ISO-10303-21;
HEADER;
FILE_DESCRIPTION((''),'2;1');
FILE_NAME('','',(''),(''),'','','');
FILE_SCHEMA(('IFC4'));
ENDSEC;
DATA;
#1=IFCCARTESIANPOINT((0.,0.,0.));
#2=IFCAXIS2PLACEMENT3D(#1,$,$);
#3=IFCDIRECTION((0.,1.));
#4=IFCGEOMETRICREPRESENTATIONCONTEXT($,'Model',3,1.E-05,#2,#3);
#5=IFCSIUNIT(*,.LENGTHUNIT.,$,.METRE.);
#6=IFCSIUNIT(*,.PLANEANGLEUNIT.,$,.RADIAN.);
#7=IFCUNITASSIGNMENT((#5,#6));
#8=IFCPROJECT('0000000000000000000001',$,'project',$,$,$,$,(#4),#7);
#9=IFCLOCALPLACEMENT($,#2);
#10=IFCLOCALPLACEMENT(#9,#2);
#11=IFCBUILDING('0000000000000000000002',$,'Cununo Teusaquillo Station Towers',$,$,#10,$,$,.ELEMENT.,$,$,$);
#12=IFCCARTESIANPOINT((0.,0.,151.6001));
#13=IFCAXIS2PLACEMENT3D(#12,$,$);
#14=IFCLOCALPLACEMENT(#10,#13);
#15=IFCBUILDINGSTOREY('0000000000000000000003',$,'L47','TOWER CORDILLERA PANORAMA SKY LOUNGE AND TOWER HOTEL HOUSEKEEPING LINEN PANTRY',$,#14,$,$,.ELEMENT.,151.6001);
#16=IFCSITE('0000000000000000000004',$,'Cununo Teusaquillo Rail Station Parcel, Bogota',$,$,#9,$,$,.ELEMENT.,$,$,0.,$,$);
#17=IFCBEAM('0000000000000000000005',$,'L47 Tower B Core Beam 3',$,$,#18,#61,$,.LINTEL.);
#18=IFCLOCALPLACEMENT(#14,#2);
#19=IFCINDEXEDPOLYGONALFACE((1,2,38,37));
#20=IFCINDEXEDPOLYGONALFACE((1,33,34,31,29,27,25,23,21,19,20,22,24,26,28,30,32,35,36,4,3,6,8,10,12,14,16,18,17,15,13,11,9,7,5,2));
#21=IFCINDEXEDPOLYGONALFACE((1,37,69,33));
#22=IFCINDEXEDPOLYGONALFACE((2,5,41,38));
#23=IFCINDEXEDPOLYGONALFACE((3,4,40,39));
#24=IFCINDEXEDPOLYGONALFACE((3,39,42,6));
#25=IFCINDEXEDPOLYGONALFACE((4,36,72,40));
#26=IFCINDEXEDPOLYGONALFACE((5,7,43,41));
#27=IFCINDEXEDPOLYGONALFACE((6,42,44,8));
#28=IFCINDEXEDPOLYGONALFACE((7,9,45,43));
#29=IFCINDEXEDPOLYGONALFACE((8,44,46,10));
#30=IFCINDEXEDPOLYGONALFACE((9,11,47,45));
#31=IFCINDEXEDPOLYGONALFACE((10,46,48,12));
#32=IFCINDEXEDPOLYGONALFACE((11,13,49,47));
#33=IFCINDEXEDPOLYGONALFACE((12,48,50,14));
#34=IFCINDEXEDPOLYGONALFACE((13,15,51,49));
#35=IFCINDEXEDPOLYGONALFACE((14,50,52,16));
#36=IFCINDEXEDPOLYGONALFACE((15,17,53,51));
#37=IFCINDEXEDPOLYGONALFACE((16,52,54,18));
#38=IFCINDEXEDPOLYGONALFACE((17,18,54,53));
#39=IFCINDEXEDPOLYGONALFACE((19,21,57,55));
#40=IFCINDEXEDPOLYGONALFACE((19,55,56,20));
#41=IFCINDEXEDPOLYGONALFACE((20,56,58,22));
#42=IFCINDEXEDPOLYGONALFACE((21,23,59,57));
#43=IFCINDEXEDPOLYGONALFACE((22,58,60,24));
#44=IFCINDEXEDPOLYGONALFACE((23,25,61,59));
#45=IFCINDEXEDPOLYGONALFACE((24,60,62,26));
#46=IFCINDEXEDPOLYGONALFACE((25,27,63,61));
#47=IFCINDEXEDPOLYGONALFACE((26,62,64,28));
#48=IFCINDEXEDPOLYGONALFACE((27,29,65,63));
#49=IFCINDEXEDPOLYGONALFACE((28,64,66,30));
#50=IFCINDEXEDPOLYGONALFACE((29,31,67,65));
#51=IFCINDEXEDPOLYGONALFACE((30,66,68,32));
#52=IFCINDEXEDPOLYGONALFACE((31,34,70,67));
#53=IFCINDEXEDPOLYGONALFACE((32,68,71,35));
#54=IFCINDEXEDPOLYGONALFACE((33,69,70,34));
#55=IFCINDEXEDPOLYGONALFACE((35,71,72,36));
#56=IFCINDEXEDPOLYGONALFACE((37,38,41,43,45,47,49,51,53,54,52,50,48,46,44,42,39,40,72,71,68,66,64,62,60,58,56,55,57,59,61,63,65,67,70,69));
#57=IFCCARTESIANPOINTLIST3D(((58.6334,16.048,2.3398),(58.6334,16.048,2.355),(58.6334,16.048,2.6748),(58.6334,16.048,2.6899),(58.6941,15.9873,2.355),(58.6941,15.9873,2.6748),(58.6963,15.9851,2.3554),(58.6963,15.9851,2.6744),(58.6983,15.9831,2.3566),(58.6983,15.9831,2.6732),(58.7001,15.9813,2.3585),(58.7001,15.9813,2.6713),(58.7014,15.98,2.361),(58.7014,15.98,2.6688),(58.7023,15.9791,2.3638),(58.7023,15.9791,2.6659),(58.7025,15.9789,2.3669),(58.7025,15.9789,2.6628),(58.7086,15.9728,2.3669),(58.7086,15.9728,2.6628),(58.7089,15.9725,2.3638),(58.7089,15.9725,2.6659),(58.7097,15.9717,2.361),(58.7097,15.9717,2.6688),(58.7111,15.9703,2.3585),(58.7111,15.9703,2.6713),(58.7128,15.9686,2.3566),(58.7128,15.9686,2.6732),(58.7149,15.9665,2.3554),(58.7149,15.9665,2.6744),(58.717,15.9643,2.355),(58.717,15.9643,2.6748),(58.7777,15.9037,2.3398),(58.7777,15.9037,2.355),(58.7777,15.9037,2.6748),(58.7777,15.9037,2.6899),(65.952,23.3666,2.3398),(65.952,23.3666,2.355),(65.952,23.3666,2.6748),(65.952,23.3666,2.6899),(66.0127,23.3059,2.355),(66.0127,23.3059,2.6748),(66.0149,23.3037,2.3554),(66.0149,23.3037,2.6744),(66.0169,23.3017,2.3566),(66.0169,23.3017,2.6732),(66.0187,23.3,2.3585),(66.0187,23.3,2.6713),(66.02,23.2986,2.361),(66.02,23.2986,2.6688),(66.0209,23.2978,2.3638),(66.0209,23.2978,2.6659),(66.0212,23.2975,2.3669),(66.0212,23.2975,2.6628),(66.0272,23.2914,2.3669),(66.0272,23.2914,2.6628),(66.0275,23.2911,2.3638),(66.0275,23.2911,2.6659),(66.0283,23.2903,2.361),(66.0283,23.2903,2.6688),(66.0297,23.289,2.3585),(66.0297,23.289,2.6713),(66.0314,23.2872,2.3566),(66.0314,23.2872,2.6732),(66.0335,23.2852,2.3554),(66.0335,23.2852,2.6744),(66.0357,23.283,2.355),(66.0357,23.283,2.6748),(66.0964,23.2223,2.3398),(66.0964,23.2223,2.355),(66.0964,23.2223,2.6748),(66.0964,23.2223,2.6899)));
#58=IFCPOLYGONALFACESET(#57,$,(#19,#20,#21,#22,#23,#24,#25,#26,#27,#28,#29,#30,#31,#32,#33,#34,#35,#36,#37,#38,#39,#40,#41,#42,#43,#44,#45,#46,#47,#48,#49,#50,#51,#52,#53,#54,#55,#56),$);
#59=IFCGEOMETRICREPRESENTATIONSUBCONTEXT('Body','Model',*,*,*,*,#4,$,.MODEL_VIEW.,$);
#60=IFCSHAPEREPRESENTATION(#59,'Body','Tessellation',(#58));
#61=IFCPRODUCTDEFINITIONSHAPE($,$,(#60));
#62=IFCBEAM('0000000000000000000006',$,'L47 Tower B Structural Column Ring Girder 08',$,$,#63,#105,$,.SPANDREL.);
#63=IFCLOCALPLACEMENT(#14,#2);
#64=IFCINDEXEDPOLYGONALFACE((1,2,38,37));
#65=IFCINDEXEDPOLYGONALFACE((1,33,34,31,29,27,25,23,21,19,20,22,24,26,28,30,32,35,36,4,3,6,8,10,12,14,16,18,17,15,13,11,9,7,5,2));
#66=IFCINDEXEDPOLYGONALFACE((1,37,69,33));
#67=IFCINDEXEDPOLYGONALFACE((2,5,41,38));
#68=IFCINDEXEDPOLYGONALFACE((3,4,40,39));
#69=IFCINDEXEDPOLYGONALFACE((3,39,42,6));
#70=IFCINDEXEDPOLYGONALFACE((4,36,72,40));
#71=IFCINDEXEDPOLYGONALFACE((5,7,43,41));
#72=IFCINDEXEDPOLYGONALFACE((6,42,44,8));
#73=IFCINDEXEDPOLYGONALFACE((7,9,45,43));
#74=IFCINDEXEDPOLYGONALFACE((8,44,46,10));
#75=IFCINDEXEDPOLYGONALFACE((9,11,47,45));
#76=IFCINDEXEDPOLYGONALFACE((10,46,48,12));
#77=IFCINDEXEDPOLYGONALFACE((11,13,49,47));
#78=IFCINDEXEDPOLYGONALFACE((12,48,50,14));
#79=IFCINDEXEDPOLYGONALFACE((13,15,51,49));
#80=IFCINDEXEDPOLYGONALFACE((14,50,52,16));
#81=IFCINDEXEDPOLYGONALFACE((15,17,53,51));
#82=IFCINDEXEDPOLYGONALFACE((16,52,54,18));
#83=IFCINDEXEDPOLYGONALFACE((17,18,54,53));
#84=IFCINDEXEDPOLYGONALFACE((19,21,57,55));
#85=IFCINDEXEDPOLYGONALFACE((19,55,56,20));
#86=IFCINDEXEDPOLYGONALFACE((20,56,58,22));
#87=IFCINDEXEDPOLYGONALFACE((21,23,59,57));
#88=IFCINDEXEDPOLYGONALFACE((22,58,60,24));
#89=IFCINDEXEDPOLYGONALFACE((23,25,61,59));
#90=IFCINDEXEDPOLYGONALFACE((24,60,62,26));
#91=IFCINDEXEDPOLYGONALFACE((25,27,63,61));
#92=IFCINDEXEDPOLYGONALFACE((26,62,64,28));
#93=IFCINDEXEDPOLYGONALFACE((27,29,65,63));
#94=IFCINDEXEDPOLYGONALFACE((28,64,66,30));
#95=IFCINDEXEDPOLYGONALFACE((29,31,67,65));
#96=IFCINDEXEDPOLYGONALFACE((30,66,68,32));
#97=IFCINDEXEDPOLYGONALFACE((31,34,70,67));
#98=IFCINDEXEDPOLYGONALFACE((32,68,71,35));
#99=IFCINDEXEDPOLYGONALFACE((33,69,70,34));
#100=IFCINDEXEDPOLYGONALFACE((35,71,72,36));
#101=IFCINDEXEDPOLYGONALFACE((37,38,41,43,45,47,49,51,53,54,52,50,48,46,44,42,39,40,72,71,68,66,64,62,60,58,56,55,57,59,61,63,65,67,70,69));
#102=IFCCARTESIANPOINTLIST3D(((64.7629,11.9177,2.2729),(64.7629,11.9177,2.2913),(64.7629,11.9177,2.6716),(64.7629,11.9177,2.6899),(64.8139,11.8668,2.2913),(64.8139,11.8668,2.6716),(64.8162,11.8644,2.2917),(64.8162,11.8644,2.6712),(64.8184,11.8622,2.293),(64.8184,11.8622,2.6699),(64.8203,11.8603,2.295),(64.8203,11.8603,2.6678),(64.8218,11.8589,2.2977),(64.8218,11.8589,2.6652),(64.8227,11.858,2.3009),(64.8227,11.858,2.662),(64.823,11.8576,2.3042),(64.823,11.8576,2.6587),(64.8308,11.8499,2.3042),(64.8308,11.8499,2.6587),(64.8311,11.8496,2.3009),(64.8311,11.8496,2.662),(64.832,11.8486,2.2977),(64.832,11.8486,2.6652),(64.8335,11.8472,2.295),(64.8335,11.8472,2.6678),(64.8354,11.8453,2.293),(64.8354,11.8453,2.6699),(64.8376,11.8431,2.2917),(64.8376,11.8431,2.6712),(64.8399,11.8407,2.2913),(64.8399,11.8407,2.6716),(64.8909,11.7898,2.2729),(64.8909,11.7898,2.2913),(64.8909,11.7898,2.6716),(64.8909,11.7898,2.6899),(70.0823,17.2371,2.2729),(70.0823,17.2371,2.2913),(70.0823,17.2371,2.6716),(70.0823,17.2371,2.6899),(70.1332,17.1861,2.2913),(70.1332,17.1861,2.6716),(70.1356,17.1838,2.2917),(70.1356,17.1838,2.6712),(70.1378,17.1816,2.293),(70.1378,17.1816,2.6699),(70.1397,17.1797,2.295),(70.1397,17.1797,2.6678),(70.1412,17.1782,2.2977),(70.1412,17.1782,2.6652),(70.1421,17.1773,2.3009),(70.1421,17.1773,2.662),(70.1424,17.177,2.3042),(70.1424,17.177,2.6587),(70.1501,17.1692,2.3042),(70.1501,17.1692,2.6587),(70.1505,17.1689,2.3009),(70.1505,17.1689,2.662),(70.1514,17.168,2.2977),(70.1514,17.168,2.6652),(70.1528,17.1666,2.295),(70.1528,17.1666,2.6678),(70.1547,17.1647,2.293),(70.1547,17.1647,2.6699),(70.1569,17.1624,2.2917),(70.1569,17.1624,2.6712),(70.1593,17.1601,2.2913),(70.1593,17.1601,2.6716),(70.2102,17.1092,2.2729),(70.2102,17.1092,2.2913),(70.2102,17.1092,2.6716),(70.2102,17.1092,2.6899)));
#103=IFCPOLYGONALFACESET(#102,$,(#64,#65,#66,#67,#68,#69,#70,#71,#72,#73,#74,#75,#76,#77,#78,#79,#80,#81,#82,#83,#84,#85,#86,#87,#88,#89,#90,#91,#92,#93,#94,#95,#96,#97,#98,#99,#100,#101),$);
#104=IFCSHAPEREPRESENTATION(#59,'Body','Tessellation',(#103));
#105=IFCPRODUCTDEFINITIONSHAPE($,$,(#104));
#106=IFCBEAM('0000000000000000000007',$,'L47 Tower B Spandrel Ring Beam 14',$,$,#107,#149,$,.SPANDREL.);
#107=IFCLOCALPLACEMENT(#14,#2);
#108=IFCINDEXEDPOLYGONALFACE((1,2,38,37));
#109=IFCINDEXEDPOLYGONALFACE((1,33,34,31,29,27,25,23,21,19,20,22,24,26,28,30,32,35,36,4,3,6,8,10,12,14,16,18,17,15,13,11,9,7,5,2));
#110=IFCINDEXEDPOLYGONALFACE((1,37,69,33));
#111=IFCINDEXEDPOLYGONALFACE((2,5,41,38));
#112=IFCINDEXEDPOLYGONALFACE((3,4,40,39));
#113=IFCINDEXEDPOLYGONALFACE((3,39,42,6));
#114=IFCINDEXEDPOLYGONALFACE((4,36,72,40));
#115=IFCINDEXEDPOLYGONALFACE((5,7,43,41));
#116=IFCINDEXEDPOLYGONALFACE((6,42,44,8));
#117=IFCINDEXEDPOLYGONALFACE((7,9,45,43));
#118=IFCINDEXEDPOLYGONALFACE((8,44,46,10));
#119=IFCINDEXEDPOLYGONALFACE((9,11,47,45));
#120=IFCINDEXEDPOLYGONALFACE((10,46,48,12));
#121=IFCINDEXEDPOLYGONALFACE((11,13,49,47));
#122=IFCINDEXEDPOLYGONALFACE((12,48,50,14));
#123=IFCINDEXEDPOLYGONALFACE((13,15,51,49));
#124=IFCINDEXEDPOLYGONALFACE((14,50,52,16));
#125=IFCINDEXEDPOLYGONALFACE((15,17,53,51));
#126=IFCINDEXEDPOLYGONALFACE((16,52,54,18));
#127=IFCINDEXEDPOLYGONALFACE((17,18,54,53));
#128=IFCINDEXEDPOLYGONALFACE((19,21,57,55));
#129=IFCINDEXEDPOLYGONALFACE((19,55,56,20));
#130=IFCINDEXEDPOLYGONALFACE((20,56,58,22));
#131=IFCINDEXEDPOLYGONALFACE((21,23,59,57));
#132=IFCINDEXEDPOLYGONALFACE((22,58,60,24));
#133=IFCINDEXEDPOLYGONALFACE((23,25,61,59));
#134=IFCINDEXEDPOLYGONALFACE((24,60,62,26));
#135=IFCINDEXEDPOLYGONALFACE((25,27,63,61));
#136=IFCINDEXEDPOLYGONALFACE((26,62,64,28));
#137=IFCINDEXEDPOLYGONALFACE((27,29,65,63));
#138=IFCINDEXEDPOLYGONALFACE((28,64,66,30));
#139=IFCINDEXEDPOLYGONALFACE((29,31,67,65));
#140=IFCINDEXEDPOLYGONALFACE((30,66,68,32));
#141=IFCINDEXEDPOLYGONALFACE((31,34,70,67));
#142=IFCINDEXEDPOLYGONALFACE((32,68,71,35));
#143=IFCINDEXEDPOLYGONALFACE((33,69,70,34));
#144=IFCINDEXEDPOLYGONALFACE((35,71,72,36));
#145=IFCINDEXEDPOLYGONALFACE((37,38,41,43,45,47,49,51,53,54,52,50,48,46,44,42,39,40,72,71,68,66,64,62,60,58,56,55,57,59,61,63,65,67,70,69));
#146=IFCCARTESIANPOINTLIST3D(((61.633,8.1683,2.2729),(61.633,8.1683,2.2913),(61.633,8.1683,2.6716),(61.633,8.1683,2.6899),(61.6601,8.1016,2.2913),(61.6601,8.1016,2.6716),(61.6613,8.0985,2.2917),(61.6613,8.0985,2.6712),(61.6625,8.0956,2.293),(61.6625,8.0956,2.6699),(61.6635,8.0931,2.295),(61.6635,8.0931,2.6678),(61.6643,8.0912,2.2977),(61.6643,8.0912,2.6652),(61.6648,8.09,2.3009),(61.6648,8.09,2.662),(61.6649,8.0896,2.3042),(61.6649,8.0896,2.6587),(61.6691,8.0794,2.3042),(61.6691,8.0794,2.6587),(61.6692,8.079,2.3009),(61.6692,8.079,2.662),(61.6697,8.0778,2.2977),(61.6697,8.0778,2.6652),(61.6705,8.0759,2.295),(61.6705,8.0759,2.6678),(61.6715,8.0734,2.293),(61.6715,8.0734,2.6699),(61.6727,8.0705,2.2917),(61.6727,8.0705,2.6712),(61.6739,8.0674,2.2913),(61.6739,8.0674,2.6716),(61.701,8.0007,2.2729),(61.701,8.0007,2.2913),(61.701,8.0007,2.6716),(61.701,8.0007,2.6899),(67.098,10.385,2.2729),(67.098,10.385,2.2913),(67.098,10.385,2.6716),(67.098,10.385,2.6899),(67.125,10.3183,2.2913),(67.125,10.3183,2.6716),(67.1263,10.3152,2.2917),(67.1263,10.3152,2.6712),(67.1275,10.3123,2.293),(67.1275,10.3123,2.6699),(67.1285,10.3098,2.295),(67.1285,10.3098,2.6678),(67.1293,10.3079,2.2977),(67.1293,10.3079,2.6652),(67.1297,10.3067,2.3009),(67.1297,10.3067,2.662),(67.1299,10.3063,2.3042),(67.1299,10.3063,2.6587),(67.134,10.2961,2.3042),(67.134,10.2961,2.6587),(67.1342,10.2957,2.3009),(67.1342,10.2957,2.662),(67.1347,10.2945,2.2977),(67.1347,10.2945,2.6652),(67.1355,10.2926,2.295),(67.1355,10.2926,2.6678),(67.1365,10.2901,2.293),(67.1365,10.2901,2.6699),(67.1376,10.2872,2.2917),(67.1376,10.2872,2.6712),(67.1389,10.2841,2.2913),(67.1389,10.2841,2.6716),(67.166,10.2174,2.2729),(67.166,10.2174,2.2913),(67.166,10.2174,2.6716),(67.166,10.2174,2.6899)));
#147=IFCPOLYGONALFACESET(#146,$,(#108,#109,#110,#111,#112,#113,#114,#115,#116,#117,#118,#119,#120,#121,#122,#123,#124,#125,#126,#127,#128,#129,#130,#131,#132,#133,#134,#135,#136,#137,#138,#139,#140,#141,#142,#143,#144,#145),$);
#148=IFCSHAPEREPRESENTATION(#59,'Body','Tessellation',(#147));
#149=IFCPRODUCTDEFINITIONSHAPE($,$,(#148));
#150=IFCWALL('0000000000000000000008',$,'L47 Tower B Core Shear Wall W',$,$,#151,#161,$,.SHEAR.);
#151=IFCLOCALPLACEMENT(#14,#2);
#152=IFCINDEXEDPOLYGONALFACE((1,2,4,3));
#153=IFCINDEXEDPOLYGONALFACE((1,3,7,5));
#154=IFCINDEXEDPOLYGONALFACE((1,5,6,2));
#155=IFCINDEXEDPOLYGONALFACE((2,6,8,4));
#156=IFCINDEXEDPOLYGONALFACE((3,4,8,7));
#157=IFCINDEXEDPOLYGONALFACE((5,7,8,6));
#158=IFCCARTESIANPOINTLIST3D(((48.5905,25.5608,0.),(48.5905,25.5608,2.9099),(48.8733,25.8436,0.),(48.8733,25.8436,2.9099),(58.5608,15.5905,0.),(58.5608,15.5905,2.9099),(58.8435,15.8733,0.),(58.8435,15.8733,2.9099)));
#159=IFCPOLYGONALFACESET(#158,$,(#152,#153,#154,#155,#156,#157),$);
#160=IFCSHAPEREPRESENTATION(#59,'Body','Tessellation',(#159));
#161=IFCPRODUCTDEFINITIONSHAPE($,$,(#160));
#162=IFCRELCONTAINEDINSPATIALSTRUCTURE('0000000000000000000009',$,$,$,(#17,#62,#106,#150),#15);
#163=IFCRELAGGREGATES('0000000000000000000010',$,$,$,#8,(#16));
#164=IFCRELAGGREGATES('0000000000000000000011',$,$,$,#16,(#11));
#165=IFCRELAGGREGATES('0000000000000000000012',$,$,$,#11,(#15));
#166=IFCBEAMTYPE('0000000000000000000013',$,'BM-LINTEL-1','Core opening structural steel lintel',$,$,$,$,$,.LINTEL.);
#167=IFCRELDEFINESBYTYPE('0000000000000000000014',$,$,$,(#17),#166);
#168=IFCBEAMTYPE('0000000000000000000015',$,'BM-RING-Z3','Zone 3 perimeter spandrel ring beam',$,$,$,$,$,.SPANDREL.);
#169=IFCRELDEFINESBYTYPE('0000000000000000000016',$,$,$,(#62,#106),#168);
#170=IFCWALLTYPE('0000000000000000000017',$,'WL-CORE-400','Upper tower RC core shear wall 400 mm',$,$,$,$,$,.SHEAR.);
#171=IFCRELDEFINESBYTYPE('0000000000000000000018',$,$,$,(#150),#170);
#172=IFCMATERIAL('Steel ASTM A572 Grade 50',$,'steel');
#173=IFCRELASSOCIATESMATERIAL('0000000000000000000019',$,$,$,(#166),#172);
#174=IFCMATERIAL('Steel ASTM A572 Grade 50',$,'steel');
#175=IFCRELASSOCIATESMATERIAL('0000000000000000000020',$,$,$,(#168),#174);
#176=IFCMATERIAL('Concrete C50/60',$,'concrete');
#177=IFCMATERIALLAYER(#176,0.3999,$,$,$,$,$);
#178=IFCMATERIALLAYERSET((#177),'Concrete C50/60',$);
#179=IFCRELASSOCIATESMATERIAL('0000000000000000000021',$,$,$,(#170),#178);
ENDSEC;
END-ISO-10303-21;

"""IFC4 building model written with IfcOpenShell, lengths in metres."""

from ifc_helpers import new_model, si_unit, direction, frame, frame_2d, origin, origin_2d, place, context, subcontext, project, spatial, rectangle, i_section, extrude, material, layer, layer_set, material_profile, profile_set, type_object, element, save


model = new_model("IFC4")

# Units and contexts
model_context = context("Model", 3, precision=1e-05, world=origin(), true_north=direction((0.0, 1.0)))
body_context = subcontext(model_context, "Body", "Model", "MODEL_VIEW")
ifc_project = project(units=[si_unit("LENGTHUNIT", "METRE"), si_unit("PLANEANGLEUNIT", "RADIAN")], contexts=[model_context])

# Site, building, storey
site_placement = place(None, origin())
site = spatial("IfcSite", under=ifc_project, at=site_placement, Name="Cununo Teusaquillo Rail Station Parcel, Bogota", CompositionType="ELEMENT", RefElevation=0.0)
building_placement = place(site_placement, origin())
building = spatial("IfcBuilding", under=site, at=building_placement, Name="Cununo Teusaquillo Station Towers", CompositionType="ELEMENT")
storey_placement = place(building_placement, frame((0.0, 0.0, 151.6001)))
storey = spatial("IfcBuildingStorey", under=building, at=storey_placement, Name="L47", Description="TOWER CORDILLERA PANORAMA SKY LOUNGE AND TOWER HOTEL HOUSEKEEPING LINEN PANTRY", CompositionType="ELEMENT", Elevation=151.6001)

# Beams
ifc_material_1 = material(Name="Steel ASTM A572 Grade 50", Category="steel")
ifc_material_profile_1 = material_profile(ifc_material_1, i_section(OverallWidth=0.2041, OverallDepth=0.3501, WebThickness=0.0085, FlangeThickness=0.0151, FilletRadius=0.012, at=origin_2d()), Name="W14X48")
ifc_profile_set_1 = profile_set([ifc_material_profile_1], Name="Steel ASTM A572 Grade 50")
beam_type_1 = type_object("IfcBeamType", Name="BM-LINTEL-1", Description="Core opening structural steel lintel", PredefinedType="LINTEL", material=ifc_profile_set_1)
beam_1_placement = place(storey_placement, frame((58.7056, 15.9758, 2.5149), z_axis=(0.707107, 0.707107, 0.0), x_axis=(-0.707107, 0.707107, 0.0)))
element("IfcBeam", 1, at=beam_1_placement, inside=storey, type_object=beam_type_1, Name="L47 Tower B Core Beam 3", PredefinedType="LINTEL", context=body_context, shape_type="SweptSolid", body=[
    extrude(i_section(OverallWidth=0.2041, OverallDepth=0.3501, WebThickness=0.0085, FlangeThickness=0.0151, FilletRadius=0.012, at=origin_2d()), origin(), (0.0, 0.0, 1.0), 10.3501),
])
ifc_material_2 = material(Name="Steel ASTM A572 Grade 50", Category="steel")
ifc_material_profile_2 = material_profile(ifc_material_2, i_section(OverallWidth=0.1809, OverallDepth=0.417, WebThickness=0.011, FlangeThickness=0.0183, FilletRadius=0.0129, at=origin_2d()), Name="W16X57")
ifc_profile_set_2 = profile_set([ifc_material_profile_2], Name="Steel ASTM A572 Grade 50")
beam_type_2 = type_object("IfcBeamType", Name="BM-RING-Z3", Description="Zone 3 perimeter spandrel ring beam", PredefinedType="SPANDREL", material=ifc_profile_set_2)
beam_2_placement = place(storey_placement, frame((64.8269, 11.8538, 2.4814), z_axis=(0.707107, 0.707107, 0.0), x_axis=(-0.707107, 0.707107, 0.0)))
element("IfcBeam", 2, at=beam_2_placement, inside=storey, type_object=beam_type_2, Name="L47 Tower B Structural Column Ring Girder 08", PredefinedType="SPANDREL", context=body_context, shape_type="SweptSolid", body=[
    extrude(i_section(OverallWidth=0.1809, OverallDepth=0.417, WebThickness=0.011, FlangeThickness=0.0183, FilletRadius=0.0129, at=origin_2d()), origin(), (0.0, 0.0, 1.0), 7.5227),
])
beam_3_placement = place(storey_placement, frame((61.667, 8.0845, 2.4814), z_axis=(0.926667, 0.375883, 0.0), x_axis=(-0.375883, 0.926667, 0.0)))
element("IfcBeam", 3, at=beam_3_placement, inside=storey, type_object=beam_type_2, Name="L47 Tower B Spandrel Ring Beam 14", PredefinedType="SPANDREL", context=body_context, shape_type="SweptSolid", body=[
    extrude(i_section(OverallWidth=0.1809, OverallDepth=0.417, WebThickness=0.011, FlangeThickness=0.0183, FilletRadius=0.0129, at=origin_2d()), origin(), (0.0, 0.0, 1.0), 5.8975),
])

# Wall
ifc_material_3 = material(Name="Concrete C50/60", Category="concrete")
ifc_layer_1 = layer(ifc_material_3, 0.3999)
ifc_layer_set_1 = layer_set([ifc_layer_1], Name="Concrete C50/60")
wall_type_1 = type_object("IfcWallType", Name="WL-CORE-400", Description="Upper tower RC core shear wall 400 mm", PredefinedType="SHEAR", material=ifc_layer_set_1)
wall_1_placement = place(storey_placement, frame((58.7021, 15.7319, 0.0), z_axis=(0.0, 0.0, 1.0), x_axis=(-0.707107, 0.707107, 0.0)))
element("IfcWall", 4, at=wall_1_placement, inside=storey, type_object=wall_type_1, Name="L47 Tower B Core Shear Wall W", PredefinedType="SHEAR", context=body_context, shape_type="SweptSolid", body=[
    extrude(rectangle(XDim=14.1001, YDim=0.3999, at=frame_2d((7.05, 0.0))), origin(), (0.0, 0.0, 1.0), 2.9099),
])

save(model, "model.ifc")
